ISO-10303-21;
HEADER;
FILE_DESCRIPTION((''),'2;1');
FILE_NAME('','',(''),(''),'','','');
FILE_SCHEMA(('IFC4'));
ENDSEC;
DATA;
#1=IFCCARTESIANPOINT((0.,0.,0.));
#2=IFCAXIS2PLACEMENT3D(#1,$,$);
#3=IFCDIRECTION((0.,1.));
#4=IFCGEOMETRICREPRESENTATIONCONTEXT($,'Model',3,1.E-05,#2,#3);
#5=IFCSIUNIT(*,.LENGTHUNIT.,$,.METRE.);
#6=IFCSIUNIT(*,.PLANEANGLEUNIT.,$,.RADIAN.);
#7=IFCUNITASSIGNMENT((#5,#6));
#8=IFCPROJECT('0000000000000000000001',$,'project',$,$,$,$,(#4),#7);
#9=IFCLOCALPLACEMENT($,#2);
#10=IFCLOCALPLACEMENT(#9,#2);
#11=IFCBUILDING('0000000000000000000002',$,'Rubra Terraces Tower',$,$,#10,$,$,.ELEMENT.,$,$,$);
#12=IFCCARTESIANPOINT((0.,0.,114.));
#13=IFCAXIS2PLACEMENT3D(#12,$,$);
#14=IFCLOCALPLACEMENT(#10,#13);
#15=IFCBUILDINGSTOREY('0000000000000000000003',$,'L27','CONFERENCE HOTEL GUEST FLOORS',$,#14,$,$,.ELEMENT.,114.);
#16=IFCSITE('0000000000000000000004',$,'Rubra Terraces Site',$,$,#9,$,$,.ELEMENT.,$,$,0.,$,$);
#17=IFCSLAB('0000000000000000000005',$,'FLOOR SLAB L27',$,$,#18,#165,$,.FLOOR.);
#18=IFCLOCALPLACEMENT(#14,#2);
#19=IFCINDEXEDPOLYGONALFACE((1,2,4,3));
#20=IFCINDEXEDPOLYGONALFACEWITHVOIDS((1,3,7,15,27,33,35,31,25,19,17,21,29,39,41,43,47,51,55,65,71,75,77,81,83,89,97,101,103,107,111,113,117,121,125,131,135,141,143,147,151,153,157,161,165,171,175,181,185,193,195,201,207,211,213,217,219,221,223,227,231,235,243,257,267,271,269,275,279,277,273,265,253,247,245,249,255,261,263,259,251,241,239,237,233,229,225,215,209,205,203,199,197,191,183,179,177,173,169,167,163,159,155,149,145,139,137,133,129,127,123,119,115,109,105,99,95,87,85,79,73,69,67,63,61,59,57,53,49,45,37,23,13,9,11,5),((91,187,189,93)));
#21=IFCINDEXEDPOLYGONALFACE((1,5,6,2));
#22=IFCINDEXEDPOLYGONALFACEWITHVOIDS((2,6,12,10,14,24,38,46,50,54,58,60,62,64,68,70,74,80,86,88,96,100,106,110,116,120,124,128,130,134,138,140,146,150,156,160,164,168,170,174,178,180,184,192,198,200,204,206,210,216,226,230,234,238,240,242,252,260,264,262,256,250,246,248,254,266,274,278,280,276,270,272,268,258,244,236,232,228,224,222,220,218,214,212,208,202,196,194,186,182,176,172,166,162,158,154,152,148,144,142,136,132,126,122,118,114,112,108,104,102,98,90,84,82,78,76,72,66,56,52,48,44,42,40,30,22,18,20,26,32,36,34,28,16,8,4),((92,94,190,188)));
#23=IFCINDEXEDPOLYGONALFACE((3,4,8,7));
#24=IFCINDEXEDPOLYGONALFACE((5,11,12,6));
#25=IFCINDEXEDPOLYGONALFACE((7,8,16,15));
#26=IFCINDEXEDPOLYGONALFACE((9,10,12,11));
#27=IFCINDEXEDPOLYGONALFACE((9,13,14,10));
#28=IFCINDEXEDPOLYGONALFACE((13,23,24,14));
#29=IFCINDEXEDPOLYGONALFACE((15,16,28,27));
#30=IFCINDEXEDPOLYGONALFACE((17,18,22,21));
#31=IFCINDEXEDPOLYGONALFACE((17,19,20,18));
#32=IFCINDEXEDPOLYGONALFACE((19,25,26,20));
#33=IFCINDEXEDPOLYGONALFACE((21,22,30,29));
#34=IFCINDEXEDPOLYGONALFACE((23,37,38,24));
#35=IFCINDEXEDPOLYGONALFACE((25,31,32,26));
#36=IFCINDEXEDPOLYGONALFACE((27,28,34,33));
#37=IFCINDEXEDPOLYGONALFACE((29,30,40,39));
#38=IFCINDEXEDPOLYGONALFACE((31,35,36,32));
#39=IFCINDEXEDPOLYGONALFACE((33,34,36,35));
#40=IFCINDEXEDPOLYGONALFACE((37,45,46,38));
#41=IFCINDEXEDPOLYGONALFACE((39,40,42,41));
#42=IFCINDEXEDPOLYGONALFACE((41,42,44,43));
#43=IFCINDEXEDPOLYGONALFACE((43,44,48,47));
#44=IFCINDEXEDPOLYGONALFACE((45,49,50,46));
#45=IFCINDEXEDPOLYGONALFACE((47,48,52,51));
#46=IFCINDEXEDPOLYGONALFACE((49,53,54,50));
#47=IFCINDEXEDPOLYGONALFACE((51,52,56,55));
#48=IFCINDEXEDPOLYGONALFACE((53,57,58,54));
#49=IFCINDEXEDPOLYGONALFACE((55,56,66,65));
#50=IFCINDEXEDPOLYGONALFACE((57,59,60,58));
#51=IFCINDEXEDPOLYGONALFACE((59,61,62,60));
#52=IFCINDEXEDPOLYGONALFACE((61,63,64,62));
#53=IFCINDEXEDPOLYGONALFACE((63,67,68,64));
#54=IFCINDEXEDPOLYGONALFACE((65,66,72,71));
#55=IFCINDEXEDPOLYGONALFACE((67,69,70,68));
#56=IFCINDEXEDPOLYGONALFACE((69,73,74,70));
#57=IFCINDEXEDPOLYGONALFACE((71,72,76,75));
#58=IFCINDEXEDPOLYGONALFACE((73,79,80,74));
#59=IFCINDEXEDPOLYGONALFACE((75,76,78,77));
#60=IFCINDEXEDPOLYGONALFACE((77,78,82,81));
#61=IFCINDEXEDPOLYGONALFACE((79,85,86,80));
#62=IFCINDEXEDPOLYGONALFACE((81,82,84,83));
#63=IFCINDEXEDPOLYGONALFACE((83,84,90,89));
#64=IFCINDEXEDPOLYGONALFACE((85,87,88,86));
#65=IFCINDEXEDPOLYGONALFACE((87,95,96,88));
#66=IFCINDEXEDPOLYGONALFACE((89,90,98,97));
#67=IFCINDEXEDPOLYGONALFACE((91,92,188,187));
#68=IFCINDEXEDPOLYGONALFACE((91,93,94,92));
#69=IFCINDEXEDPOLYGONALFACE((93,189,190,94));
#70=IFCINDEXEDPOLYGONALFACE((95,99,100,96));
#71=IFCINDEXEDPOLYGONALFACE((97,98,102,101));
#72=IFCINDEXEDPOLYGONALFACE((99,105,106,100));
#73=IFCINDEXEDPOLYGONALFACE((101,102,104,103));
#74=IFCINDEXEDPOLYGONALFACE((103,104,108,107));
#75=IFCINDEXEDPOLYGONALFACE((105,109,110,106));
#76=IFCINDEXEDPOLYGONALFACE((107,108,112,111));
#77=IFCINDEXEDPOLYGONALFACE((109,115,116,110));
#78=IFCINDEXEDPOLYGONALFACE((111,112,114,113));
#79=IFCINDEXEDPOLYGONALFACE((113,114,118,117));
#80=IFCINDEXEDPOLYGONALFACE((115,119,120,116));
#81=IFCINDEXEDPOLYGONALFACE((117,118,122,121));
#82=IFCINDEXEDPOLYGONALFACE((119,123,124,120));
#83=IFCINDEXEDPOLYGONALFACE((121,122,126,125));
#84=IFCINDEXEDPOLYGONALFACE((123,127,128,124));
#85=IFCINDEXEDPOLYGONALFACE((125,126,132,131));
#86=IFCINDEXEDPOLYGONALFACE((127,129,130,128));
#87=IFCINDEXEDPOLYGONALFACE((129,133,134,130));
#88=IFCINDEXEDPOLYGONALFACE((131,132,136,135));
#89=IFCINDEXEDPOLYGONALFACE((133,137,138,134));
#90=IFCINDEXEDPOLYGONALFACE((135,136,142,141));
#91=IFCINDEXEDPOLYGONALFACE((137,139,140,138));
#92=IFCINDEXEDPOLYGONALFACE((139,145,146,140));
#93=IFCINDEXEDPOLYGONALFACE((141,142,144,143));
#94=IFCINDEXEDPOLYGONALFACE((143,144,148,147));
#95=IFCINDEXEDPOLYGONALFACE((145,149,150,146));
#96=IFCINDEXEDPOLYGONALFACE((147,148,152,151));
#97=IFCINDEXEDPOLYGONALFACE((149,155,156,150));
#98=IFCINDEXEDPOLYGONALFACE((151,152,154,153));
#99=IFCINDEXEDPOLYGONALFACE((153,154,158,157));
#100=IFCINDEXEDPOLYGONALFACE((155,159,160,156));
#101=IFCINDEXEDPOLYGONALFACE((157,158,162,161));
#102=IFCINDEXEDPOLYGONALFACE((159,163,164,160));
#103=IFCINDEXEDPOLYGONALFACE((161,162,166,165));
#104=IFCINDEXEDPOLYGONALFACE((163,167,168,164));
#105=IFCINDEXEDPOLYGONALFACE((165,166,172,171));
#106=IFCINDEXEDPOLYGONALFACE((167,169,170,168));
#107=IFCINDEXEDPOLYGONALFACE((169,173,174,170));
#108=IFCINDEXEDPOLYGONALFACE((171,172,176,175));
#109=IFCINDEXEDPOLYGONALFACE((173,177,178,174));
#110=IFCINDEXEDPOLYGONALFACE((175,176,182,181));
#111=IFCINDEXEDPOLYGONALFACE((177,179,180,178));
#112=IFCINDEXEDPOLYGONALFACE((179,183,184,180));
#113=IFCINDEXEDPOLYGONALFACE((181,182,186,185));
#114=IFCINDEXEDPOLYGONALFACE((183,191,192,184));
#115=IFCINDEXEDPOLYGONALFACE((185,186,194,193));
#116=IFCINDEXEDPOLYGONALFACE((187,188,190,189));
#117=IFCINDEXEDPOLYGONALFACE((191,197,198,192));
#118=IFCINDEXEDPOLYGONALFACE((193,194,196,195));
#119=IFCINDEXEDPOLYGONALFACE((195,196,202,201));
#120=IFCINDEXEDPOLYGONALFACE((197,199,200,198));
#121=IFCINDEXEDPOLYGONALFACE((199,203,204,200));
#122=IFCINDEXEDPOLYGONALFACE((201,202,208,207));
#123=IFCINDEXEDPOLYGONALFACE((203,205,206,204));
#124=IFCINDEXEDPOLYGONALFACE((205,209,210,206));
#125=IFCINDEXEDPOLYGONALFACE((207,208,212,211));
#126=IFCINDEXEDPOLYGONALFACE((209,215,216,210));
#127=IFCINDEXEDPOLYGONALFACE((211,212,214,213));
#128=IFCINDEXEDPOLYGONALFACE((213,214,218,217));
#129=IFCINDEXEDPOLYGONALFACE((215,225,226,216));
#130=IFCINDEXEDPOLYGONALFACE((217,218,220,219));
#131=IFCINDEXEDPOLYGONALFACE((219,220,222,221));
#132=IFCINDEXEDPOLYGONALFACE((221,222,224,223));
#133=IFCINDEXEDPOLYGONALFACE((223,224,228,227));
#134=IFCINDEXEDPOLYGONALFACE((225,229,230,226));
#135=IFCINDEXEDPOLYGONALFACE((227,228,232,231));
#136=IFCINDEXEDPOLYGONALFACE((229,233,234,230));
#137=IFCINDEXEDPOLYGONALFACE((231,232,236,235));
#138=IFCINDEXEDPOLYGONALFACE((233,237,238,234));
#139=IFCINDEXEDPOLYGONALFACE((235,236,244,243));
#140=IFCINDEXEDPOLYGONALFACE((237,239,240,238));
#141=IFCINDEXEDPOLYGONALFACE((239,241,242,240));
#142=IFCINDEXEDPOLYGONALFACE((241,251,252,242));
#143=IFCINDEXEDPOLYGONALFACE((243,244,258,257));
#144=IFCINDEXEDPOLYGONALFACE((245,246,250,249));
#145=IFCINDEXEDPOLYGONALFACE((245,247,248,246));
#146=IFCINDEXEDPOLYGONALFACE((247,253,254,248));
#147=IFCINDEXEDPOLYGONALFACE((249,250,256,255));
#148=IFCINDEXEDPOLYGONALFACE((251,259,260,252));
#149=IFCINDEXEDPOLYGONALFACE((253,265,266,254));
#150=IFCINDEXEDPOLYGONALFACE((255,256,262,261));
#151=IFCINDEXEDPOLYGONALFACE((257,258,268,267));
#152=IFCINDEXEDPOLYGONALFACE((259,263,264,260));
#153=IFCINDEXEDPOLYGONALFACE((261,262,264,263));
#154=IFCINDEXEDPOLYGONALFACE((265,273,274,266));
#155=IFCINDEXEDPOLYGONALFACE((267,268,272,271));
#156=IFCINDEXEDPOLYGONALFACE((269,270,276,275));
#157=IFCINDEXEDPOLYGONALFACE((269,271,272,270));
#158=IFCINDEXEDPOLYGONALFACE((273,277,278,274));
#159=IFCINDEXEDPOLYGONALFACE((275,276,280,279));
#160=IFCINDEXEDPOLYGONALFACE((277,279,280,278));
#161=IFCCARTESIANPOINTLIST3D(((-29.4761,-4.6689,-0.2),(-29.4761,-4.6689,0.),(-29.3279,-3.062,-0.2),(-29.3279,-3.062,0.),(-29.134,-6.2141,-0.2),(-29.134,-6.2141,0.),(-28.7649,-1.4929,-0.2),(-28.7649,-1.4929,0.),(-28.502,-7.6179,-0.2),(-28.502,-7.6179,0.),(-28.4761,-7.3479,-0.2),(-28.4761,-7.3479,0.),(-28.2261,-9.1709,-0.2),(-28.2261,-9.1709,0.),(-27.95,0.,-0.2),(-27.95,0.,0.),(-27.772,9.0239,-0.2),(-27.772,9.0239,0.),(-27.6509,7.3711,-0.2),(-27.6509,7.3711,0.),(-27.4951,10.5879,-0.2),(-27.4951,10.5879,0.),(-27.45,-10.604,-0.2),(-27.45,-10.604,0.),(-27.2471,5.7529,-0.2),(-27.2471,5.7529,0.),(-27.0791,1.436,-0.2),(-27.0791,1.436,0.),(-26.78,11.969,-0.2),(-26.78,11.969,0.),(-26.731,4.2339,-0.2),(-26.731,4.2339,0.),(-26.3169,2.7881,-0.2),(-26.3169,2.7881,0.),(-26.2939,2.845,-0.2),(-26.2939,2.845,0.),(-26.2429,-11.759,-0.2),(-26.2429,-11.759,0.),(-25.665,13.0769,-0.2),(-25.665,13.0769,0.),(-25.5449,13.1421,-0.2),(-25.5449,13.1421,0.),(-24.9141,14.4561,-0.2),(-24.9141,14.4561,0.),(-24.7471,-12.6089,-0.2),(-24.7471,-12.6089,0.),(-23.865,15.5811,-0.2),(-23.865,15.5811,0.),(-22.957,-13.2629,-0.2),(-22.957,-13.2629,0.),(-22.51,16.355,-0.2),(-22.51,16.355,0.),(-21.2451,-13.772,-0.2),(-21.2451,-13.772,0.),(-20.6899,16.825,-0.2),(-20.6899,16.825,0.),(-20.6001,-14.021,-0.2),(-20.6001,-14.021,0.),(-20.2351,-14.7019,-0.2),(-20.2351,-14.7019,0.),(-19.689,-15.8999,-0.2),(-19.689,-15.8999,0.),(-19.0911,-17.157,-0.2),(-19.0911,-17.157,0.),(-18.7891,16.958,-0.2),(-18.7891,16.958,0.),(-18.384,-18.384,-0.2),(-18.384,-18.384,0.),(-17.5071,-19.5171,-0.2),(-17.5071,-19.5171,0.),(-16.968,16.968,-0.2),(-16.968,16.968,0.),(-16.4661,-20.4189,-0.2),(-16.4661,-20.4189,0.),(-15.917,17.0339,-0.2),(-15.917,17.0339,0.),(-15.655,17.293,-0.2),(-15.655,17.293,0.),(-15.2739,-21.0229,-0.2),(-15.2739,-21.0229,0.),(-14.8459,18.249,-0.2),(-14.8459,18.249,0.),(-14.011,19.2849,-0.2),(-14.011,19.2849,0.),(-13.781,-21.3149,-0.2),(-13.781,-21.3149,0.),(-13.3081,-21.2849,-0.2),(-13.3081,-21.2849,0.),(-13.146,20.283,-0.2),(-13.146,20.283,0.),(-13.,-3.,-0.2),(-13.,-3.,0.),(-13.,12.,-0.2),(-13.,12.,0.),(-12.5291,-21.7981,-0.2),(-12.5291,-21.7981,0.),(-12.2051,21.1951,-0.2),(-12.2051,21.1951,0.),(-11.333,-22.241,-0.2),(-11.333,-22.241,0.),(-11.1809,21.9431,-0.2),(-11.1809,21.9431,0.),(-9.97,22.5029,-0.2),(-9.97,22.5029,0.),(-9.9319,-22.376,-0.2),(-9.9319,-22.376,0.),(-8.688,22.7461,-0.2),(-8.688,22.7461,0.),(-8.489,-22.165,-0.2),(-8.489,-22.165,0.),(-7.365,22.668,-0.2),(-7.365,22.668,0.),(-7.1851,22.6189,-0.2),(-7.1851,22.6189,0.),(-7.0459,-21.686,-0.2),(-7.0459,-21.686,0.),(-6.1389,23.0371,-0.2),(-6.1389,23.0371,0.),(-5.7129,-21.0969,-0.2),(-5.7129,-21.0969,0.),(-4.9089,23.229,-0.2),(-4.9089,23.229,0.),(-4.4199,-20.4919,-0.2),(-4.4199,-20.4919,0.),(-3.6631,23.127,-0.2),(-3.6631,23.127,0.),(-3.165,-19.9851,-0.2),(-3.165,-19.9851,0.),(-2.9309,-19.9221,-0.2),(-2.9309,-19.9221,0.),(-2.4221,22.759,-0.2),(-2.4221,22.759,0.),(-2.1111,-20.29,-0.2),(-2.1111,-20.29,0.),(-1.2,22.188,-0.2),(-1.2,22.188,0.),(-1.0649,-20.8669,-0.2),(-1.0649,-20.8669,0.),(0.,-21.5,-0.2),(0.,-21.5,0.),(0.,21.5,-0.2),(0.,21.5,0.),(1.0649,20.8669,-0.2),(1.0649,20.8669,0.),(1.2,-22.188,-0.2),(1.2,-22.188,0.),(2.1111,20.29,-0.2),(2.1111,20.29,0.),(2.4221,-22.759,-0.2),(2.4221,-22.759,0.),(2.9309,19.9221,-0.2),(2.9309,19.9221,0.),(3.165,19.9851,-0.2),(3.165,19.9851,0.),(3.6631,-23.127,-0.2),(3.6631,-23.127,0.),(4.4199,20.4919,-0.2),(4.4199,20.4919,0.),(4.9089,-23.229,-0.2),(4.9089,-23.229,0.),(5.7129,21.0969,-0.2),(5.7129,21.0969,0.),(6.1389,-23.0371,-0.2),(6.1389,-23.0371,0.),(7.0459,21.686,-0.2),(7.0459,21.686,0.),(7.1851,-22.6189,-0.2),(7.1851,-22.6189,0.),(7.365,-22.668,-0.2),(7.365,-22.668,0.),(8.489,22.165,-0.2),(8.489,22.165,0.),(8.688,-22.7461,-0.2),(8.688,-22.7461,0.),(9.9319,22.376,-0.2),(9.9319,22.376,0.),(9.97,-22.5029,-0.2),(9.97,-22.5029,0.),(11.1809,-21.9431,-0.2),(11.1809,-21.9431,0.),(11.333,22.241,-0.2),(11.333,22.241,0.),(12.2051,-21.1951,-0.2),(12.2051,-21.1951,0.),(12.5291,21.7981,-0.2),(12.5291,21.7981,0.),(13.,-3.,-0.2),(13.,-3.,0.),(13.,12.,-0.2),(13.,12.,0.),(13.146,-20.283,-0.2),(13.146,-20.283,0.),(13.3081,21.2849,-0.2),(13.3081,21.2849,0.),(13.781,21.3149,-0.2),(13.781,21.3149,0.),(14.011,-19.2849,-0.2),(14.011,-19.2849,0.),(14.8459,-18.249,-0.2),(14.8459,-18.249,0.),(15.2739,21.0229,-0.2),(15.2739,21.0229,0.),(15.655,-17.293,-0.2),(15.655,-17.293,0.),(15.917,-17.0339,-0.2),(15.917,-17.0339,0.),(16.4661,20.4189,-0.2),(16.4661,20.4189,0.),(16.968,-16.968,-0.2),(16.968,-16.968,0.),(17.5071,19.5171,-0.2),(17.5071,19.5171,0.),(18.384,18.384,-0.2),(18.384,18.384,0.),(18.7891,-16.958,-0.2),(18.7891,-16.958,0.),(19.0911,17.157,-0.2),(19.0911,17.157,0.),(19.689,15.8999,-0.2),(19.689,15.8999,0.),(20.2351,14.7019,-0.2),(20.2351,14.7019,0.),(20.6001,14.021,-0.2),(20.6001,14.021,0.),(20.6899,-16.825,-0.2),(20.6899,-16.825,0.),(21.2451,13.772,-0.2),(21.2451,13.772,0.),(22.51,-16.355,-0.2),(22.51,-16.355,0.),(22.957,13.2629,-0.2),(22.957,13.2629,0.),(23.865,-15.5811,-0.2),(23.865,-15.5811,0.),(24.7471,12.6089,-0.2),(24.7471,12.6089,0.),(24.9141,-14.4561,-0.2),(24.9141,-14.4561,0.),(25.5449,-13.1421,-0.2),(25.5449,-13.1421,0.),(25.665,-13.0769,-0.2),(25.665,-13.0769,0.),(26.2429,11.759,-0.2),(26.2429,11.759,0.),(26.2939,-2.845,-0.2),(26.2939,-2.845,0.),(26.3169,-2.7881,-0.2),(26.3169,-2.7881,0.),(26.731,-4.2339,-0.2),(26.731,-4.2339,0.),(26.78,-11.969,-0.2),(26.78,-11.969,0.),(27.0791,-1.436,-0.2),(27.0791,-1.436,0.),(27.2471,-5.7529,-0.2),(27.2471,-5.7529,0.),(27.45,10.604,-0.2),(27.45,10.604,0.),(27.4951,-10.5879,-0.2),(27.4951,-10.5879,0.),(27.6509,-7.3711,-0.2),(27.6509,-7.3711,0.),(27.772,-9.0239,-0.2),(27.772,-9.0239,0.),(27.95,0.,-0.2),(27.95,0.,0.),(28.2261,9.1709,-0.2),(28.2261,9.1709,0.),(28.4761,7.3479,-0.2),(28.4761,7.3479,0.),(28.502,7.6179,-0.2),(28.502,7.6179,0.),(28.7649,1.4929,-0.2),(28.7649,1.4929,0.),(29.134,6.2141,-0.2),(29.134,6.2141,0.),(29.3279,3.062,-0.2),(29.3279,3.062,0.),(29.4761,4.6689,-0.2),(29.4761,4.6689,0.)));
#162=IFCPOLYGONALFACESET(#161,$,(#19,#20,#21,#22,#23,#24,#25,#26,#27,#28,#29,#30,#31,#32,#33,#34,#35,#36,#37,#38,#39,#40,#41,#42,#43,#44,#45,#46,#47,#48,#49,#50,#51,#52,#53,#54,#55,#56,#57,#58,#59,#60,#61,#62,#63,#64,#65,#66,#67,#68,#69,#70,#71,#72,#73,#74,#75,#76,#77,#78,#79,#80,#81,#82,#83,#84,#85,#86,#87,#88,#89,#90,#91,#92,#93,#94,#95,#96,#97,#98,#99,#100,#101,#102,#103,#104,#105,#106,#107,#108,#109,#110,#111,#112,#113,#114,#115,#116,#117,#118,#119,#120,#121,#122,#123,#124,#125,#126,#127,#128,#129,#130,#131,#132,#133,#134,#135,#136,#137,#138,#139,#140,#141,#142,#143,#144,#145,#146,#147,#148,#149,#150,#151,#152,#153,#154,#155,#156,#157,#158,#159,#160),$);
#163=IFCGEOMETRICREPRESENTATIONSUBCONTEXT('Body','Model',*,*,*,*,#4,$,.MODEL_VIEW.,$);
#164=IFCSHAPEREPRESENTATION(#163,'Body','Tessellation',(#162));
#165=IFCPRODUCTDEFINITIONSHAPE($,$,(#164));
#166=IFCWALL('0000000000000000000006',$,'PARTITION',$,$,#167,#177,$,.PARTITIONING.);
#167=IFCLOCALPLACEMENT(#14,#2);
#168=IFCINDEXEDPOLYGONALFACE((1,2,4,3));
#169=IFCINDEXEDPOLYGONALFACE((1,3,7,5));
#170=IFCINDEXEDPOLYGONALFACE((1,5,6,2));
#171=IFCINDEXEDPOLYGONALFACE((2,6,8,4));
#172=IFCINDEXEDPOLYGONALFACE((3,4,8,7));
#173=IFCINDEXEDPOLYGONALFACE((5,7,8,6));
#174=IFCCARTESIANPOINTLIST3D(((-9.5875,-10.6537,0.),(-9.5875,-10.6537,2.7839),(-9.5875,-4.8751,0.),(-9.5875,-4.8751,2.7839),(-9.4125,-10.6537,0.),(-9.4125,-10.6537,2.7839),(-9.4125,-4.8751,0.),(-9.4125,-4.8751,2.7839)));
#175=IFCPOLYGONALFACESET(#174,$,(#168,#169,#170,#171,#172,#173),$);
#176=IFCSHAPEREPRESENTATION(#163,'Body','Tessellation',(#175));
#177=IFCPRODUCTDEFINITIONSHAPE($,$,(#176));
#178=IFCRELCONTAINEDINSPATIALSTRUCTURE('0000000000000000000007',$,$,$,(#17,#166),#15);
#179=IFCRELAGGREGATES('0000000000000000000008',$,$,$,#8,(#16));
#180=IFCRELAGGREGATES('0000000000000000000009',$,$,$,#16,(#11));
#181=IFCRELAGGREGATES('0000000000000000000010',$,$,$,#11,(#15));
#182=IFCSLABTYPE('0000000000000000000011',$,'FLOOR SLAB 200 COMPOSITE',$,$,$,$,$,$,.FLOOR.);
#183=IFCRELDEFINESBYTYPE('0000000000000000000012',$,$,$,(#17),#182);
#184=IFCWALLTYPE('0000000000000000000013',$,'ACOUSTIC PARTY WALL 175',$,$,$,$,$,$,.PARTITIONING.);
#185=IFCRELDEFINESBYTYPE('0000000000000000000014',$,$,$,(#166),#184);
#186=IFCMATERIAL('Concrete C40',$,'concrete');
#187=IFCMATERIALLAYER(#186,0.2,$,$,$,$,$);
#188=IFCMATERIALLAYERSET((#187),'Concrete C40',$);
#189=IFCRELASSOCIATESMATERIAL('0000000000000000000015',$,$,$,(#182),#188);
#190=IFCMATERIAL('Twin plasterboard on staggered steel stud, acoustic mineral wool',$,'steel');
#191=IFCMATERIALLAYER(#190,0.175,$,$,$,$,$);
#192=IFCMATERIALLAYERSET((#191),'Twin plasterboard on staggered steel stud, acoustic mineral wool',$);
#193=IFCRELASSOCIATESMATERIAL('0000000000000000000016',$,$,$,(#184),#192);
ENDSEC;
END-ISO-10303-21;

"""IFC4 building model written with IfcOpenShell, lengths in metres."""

from ifc_helpers import new_model, si_unit, direction, frame, frame_2d, origin, place, context, subcontext, project, spatial, polyline, rectangle, outline, extrude, material, layer, layer_set, type_object, element, save


model = new_model("IFC4")

# Units and contexts
model_context = context("Model", 3, precision=1e-05, world=origin(), true_north=direction((0.0, 1.0)))
body_context = subcontext(model_context, "Body", "Model", "MODEL_VIEW")
ifc_project = project(units=[si_unit("LENGTHUNIT", "METRE"), si_unit("PLANEANGLEUNIT", "RADIAN")], contexts=[model_context])

# Site, building, storey
site_placement = place(None, origin())
site = spatial("IfcSite", under=ifc_project, at=site_placement, Name="Rubra Terraces Site", CompositionType="ELEMENT", RefElevation=0.0)
building_placement = place(site_placement, origin())
building = spatial("IfcBuilding", under=site, at=building_placement, Name="Rubra Terraces Tower", CompositionType="ELEMENT")
storey_placement = place(building_placement, frame((0.0, 0.0, 114.0)))
storey = spatial("IfcBuildingStorey", under=building, at=storey_placement, Name="L27", Description="CONFERENCE HOTEL GUEST FLOORS", CompositionType="ELEMENT", Elevation=114.0)

# Slab
ifc_material_1 = material(Name="Concrete C40", Category="concrete")
ifc_layer_1 = layer(ifc_material_1, 0.2)
ifc_layer_set_1 = layer_set([ifc_layer_1], Name="Concrete C40")
slab_type = type_object("IfcSlabType", Name="FLOOR SLAB 200 COMPOSITE", PredefinedType="FLOOR", material=ifc_layer_set_1)
slab_placement = place(storey_placement, frame((0.0, 0.0, -0.2)))
element("IfcSlab", 1, at=slab_placement, inside=storey, type_object=slab_type, Name="FLOOR SLAB L27", PredefinedType="FLOOR", context=body_context, shape_type="SweptSolid", body=[
    extrude(outline(polyline([(-7.0459, -21.686), (-5.7129, -21.0969), (-4.4199, -20.4919), (-3.165, -19.9851), (-2.9309, -19.9221), (-2.1111, -20.29), (-1.0649, -20.8669), (0.0, -21.5), (1.2, -22.188), (2.4221, -22.759), (3.6631, -23.127), (4.9089, -23.229), (6.1389, -23.0371), (7.1851, -22.6189), (7.365, -22.668), (8.688, -22.7461), (9.97, -22.5029), (11.1809, -21.9431), (12.2051, -21.1951), (13.146, -20.283), (14.011, -19.2849), (14.8459, -18.249), (15.655, -17.293), (15.917, -17.0339), (16.968, -16.968), (18.7891, -16.958), (20.6899, -16.825), (22.51, -16.355), (23.865, -15.5811), (24.9141, -14.4561), (25.5449, -13.1421), (25.665, -13.0769), (26.78, -11.969), (27.4951, -10.5879), (27.772, -9.0239), (27.6509, -7.3711), (27.2471, -5.7529), (26.731, -4.2339), (26.2939, -2.845), (26.3169, -2.7881), (27.0791, -1.436), (27.95, 0.0), (28.7649, 1.4929), (29.3279, 3.062), (29.4761, 4.6689), (29.134, 6.2141), (28.4761, 7.3479), (28.502, 7.6179), (28.2261, 9.1709), (27.45, 10.604), (26.2429, 11.759), (24.7471, 12.6089), (22.957, 13.2629), (21.2451, 13.772), (20.6001, 14.021), (20.2351, 14.7019), (19.689, 15.8999), (19.0911, 17.157), (18.384, 18.384), (17.5071, 19.5171), (16.4661, 20.4189), (15.2739, 21.0229), (13.781, 21.3149), (13.3081, 21.2849), (12.5291, 21.7981), (11.333, 22.241), (9.9319, 22.376), (8.489, 22.165), (7.0459, 21.686), (5.7129, 21.0969), (4.4199, 20.4919), (3.165, 19.9851), (2.9309, 19.9221), (2.1111, 20.29), (1.0649, 20.8669), (0.0, 21.5), (-1.2, 22.188), (-2.4221, 22.759), (-3.6631, 23.127), (-4.9089, 23.229), (-6.1389, 23.0371), (-7.1851, 22.6189), (-7.365, 22.668), (-8.688, 22.7461), (-9.97, 22.5029), (-11.1809, 21.9431), (-12.2051, 21.1951), (-13.146, 20.283), (-14.011, 19.2849), (-14.8459, 18.249), (-15.655, 17.293), (-15.917, 17.0339), (-16.968, 16.968), (-18.7891, 16.958), (-20.6899, 16.825), (-22.51, 16.355), (-23.865, 15.5811), (-24.9141, 14.4561), (-25.5449, 13.1421), (-25.665, 13.0769), (-26.78, 11.969), (-27.4951, 10.5879), (-27.772, 9.0239), (-27.6509, 7.3711), (-27.2471, 5.7529), (-26.731, 4.2339), (-26.2939, 2.845), (-26.3169, 2.7881), (-27.0791, 1.436), (-27.95, 0.0), (-28.7649, -1.4929), (-29.3279, -3.062), (-29.4761, -4.6689), (-29.134, -6.2141), (-28.4761, -7.3479), (-28.502, -7.6179), (-28.2261, -9.1709), (-27.45, -10.604), (-26.2429, -11.759), (-24.7471, -12.6089), (-22.957, -13.2629), (-21.2451, -13.772), (-20.6001, -14.021), (-20.2351, -14.7019), (-19.689, -15.8999), (-19.0911, -17.157), (-18.384, -18.384), (-17.5071, -19.5171), (-16.4661, -20.4189), (-15.2739, -21.0229), (-13.781, -21.3149), (-13.3081, -21.2849), (-12.5291, -21.7981), (-11.333, -22.241), (-9.9319, -22.376), (-8.489, -22.165), (-7.0459, -21.686)]), holes=[polyline([(13.0, 12.0), (13.0, -3.0), (-13.0, -3.0), (-13.0, 12.0), (13.0, 12.0)])]), origin(), (0.0, 0.0, 1.0), 0.2),
])

# Wall
ifc_material_2 = material(Name="Twin plasterboard on staggered steel stud, acoustic mineral wool", Category="steel")
ifc_layer_2 = layer(ifc_material_2, 0.175)
ifc_layer_set_2 = layer_set([ifc_layer_2], Name="Twin plasterboard on staggered steel stud, acoustic mineral wool")
wall_type_1 = type_object("IfcWallType", Name="ACOUSTIC PARTY WALL 175", PredefinedType="PARTITIONING", material=ifc_layer_set_2)
wall_1_placement = place(storey_placement, frame((-9.5, -10.6536, 0.0), z_axis=(0.0, 0.0, 1.0), x_axis=(0.0, 1.0, 0.0)))
element("IfcWall", 2, at=wall_1_placement, inside=storey, type_object=wall_type_1, Name="PARTITION", PredefinedType="PARTITIONING", context=body_context, shape_type="SweptSolid", body=[
    extrude(rectangle(XDim=5.7786, YDim=0.175, at=frame_2d((2.8892, 0.0))), origin(), (0.0, 0.0, 1.0), 2.7839),
])

save(model, "model.ifc")
